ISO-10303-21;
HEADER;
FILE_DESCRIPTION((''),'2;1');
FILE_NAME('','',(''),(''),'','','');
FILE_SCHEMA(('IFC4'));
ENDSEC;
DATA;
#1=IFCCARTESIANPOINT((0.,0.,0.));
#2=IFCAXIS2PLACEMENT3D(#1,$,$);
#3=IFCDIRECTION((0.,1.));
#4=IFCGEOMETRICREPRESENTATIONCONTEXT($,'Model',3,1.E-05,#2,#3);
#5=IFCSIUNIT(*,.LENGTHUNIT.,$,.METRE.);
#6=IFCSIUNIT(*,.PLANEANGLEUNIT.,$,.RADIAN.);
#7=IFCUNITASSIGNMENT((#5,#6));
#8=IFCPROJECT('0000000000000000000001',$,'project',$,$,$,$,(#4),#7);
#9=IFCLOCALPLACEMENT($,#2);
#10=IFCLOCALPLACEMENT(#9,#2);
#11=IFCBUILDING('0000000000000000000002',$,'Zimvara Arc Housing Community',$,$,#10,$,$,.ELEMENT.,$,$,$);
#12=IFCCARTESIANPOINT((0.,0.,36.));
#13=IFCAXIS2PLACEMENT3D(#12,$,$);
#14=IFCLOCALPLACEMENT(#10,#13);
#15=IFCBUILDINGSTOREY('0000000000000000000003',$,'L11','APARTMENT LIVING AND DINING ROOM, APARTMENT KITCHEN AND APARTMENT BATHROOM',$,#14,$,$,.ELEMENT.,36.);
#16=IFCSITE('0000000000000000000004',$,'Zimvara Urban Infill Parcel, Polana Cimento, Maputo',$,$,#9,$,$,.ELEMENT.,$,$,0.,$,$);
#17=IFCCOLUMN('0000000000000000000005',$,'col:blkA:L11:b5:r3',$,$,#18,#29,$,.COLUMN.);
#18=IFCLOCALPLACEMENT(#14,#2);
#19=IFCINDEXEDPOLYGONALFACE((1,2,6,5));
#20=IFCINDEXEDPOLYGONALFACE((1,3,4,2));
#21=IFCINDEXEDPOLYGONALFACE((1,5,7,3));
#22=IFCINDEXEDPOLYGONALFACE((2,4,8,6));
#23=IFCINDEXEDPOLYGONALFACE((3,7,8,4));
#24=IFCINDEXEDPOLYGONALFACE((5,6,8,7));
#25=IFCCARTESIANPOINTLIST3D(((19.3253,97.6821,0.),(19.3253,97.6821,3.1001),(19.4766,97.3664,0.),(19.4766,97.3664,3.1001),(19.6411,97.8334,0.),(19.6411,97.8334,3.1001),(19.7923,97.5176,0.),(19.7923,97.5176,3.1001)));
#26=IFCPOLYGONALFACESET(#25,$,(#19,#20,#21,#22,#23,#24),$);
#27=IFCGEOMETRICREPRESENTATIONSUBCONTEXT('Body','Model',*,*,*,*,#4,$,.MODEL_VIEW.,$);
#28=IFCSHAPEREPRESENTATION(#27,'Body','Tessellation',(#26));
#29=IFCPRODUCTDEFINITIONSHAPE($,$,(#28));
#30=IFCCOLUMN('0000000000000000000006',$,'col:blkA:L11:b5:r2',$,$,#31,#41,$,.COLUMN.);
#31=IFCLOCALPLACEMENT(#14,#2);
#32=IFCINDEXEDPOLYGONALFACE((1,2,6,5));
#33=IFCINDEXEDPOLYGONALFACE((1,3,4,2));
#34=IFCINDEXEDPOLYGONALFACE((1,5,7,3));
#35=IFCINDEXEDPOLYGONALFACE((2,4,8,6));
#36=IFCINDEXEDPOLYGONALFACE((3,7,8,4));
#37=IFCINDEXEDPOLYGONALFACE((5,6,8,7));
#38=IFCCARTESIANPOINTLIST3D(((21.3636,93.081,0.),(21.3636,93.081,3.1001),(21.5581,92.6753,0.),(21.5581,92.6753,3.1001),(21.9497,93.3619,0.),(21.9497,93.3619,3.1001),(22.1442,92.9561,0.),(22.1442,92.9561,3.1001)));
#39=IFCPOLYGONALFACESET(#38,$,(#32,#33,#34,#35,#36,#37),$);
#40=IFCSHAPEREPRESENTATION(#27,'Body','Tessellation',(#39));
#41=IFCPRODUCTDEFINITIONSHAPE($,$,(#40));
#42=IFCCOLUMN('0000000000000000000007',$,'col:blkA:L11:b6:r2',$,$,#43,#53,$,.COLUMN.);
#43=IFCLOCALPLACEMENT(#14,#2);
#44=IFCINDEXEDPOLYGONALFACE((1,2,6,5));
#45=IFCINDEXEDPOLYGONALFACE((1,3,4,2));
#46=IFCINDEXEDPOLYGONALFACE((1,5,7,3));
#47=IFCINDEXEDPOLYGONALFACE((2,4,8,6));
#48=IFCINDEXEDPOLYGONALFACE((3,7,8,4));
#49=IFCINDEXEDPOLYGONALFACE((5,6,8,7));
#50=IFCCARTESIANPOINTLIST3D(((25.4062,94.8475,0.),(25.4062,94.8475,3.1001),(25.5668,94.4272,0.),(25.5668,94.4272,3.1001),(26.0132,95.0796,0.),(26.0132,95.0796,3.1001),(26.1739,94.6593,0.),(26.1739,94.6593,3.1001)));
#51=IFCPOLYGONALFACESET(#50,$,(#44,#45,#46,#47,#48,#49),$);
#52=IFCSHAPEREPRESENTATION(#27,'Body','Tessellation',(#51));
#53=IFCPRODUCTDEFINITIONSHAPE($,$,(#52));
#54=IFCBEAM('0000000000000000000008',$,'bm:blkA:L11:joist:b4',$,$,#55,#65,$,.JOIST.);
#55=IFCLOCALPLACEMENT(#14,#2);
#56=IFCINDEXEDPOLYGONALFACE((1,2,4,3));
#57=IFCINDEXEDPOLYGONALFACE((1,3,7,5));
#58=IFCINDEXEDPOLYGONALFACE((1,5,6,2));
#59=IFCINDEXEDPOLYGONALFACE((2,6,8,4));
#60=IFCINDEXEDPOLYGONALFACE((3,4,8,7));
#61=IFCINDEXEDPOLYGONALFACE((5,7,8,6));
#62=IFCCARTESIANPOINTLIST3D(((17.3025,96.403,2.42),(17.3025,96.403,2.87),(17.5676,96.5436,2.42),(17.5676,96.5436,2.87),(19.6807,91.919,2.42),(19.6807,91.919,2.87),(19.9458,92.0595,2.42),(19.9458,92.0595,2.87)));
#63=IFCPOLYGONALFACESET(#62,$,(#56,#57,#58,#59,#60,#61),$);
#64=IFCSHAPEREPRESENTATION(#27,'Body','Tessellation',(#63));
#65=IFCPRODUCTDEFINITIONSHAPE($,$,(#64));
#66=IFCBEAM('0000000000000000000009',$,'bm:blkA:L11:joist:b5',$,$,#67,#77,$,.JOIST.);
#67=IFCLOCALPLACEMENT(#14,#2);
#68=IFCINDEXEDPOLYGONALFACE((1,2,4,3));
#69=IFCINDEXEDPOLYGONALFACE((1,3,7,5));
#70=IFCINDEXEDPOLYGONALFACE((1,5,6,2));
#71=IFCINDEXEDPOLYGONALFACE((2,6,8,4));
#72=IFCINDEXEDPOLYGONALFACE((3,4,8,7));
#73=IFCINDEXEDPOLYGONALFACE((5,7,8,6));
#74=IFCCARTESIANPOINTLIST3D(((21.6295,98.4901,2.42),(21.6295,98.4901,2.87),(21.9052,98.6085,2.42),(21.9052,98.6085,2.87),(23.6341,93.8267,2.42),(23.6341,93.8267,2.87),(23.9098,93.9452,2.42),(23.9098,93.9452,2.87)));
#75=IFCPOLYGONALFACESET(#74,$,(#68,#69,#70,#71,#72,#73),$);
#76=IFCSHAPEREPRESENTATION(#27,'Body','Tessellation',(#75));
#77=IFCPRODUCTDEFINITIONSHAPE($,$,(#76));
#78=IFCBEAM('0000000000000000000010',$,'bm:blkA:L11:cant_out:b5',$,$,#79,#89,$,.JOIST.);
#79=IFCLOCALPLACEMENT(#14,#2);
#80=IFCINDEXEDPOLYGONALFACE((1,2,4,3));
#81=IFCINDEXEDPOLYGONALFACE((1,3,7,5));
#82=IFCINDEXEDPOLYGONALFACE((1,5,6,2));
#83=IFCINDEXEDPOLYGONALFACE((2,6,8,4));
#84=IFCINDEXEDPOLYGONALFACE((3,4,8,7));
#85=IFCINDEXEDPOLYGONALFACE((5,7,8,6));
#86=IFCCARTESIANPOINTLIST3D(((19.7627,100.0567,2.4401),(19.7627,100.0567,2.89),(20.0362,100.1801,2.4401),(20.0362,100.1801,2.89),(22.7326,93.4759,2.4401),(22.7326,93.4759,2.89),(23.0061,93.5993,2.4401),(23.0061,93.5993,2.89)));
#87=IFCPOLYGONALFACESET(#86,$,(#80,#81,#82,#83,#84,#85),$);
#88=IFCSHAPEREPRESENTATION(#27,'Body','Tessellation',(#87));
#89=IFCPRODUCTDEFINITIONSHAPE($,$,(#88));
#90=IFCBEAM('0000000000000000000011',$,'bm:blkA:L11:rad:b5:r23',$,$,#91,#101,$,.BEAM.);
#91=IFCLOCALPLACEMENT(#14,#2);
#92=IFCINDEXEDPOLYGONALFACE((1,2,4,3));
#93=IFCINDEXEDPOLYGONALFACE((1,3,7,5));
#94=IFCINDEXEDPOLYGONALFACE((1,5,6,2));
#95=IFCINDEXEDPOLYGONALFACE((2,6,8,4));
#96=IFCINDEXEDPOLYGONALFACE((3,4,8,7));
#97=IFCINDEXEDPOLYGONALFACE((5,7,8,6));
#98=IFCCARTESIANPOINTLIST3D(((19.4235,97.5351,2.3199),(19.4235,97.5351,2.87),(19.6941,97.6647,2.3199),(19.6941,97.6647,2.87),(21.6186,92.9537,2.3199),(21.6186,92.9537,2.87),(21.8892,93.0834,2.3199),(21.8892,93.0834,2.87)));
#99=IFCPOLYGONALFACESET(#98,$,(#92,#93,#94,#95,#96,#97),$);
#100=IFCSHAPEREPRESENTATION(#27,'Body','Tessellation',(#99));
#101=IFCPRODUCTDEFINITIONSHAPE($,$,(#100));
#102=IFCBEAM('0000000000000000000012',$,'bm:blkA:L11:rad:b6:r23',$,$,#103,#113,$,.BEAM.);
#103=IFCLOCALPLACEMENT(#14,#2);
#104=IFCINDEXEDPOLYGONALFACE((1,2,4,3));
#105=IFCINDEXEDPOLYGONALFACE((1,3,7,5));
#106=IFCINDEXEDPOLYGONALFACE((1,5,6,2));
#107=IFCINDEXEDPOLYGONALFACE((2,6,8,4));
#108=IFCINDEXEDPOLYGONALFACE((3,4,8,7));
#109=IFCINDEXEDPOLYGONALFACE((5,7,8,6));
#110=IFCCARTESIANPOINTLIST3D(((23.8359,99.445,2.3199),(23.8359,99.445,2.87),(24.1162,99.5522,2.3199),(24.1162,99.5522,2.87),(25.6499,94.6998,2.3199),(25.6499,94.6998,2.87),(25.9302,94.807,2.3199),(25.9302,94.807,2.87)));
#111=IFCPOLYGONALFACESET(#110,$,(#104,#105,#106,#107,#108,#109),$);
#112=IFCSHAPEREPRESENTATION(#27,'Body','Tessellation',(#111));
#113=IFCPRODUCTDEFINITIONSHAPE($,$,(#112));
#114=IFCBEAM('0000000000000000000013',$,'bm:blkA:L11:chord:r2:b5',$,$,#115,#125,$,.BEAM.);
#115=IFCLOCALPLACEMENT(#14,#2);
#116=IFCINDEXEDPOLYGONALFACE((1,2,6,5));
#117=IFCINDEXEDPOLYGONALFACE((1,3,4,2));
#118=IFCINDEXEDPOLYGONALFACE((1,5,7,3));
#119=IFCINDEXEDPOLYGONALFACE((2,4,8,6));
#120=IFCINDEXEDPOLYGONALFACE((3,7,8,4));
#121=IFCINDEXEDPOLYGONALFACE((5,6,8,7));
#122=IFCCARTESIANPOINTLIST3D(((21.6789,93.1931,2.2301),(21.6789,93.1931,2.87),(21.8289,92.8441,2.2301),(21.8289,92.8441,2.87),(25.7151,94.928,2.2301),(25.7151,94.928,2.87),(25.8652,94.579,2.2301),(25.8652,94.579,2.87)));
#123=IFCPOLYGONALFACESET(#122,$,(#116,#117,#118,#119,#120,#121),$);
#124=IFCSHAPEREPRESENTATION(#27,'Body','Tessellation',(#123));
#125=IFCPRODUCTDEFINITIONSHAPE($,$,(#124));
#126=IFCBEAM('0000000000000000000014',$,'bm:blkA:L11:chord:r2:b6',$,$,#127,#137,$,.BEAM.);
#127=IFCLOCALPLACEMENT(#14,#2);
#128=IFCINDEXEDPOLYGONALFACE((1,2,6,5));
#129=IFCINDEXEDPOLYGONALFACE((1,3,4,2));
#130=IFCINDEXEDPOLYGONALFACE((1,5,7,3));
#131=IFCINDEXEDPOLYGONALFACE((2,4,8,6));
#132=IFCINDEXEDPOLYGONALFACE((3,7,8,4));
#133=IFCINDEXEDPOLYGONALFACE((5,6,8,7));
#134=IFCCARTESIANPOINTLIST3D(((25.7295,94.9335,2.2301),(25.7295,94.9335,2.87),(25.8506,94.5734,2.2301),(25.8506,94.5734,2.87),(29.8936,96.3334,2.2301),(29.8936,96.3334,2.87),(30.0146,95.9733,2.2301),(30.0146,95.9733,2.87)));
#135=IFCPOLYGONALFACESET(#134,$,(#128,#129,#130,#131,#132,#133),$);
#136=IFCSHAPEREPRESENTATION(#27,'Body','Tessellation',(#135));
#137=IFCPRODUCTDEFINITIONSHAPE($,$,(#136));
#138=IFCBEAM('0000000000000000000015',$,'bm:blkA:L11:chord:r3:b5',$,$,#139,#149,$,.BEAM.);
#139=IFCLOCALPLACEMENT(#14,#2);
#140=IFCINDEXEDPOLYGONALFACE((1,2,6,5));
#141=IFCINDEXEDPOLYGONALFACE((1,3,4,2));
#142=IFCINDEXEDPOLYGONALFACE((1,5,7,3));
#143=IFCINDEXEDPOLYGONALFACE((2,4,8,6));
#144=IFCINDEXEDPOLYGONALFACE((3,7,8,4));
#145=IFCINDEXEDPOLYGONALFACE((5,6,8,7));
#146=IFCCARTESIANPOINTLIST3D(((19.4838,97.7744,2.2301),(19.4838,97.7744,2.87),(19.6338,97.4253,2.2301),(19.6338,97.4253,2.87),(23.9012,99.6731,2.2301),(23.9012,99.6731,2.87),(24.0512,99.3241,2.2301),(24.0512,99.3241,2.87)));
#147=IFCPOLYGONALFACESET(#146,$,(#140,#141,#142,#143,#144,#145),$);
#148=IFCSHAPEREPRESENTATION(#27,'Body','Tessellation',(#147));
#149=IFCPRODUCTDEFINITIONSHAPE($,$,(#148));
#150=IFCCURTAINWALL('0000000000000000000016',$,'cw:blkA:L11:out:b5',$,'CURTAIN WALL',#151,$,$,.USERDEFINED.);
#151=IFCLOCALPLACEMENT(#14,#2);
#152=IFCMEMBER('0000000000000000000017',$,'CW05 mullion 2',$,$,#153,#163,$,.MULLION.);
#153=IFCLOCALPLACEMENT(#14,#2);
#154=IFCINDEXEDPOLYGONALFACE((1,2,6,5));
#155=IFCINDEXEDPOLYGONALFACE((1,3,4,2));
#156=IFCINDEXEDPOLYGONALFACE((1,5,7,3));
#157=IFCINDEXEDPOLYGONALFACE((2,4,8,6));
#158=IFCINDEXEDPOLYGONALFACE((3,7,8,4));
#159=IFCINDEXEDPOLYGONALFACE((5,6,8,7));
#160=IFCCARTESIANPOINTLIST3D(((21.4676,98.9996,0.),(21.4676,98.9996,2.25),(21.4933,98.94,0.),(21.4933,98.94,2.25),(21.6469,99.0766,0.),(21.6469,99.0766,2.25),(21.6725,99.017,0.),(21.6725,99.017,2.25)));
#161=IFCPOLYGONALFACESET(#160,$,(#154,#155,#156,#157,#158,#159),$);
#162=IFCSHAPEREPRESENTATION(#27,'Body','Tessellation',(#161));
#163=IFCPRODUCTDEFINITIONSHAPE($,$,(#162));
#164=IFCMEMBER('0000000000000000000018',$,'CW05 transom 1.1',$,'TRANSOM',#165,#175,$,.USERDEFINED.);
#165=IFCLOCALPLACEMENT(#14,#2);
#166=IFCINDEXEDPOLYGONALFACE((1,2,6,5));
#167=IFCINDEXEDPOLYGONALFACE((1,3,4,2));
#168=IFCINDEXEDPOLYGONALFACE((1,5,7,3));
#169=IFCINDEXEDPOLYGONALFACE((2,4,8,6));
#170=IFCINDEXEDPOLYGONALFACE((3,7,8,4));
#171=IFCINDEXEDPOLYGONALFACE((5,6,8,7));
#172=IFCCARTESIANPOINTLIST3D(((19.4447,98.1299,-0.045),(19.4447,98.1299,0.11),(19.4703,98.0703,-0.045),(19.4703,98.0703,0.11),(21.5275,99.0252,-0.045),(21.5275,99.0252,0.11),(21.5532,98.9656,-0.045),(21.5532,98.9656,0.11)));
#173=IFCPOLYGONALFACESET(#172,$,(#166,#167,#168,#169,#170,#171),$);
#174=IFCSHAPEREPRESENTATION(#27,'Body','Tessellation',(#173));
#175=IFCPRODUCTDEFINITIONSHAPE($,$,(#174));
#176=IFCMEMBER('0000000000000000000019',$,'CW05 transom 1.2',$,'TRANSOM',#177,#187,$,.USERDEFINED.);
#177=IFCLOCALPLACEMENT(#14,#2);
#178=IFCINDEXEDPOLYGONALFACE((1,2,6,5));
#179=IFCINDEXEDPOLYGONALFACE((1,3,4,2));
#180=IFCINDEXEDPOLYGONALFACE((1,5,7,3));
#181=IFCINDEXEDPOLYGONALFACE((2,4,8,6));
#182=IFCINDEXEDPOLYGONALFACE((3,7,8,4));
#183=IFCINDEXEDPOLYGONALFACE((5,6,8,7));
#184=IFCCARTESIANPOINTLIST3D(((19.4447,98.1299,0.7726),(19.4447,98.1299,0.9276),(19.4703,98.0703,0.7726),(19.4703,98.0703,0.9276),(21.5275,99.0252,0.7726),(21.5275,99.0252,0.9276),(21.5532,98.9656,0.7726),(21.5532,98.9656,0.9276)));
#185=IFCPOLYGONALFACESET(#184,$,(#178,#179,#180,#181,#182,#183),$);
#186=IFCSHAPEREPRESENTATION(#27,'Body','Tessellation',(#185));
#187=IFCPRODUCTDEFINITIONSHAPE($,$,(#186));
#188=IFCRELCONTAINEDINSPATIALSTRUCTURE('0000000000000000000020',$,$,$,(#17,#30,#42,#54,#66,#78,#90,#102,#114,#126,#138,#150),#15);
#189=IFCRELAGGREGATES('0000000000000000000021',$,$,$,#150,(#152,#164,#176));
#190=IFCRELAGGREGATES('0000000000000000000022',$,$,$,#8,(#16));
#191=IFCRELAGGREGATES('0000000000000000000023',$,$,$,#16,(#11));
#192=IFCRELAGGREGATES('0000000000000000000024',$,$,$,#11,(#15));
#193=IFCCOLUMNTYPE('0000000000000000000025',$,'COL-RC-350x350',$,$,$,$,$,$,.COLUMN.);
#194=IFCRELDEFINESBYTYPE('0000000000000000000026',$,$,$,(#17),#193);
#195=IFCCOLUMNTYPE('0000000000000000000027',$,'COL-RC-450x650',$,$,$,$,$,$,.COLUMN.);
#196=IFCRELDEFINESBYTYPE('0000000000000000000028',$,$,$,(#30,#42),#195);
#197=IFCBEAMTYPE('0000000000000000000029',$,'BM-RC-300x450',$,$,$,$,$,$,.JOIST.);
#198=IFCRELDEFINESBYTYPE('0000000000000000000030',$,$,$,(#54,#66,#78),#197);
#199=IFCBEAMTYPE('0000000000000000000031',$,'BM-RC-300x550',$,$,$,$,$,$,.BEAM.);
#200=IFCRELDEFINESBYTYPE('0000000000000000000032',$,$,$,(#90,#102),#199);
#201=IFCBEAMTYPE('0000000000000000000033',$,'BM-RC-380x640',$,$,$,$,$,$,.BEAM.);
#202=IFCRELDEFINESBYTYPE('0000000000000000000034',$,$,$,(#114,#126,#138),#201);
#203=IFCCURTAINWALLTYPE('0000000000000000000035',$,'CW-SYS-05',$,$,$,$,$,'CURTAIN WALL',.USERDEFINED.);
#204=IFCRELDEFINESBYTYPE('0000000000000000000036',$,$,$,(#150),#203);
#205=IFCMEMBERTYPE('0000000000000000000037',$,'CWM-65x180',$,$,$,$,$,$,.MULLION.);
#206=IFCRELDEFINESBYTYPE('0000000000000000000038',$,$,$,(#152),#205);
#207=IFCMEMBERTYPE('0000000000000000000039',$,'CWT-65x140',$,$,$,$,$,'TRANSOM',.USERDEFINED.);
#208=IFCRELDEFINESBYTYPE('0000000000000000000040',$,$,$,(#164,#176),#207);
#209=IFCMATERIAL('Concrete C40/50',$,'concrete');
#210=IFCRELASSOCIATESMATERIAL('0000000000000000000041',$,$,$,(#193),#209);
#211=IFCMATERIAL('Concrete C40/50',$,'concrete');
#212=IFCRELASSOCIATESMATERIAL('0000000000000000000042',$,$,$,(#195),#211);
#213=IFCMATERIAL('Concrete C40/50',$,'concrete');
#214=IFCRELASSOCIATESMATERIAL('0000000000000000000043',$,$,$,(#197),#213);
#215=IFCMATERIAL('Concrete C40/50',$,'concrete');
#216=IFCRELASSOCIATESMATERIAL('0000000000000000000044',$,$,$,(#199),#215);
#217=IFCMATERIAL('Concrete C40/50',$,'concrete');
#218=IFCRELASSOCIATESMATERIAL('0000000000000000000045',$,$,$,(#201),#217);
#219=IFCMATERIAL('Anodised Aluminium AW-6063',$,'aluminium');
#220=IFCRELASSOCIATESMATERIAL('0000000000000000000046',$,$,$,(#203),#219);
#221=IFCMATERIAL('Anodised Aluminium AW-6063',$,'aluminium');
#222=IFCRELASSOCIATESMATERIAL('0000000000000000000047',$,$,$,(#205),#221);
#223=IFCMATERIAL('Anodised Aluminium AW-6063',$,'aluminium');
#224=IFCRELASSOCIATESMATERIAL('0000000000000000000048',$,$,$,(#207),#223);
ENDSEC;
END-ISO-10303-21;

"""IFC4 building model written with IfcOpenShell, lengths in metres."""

from ifc_helpers import new_model, si_unit, direction, frame, origin, origin_2d, place, context, subcontext, project, spatial, rectangle, extrude, material, material_profile, profile_set, type_object, element, aggregate, save


model = new_model("IFC4")

# Units and contexts
model_context = context("Model", 3, precision=1e-05, world=origin(), true_north=direction((0.0, 1.0)))
body_context = subcontext(model_context, "Body", "Model", "MODEL_VIEW")
ifc_project = project(units=[si_unit("LENGTHUNIT", "METRE"), si_unit("PLANEANGLEUNIT", "RADIAN")], contexts=[model_context])

# Site, building, storey
site_placement = place(None, origin())
site = spatial("IfcSite", under=ifc_project, at=site_placement, Name="Zimvara Urban Infill Parcel, Polana Cimento, Maputo", CompositionType="ELEMENT", RefElevation=0.0)
building_placement = place(site_placement, origin())
building = spatial("IfcBuilding", under=site, at=building_placement, Name="Zimvara Arc Housing Community", CompositionType="ELEMENT")
storey_placement = place(building_placement, frame((0.0, 0.0, 36.0)))
storey = spatial("IfcBuildingStorey", under=building, at=storey_placement, Name="L11", Description="APARTMENT LIVING AND DINING ROOM, APARTMENT KITCHEN AND APARTMENT BATHROOM", CompositionType="ELEMENT", Elevation=36.0)

# Columns
ifc_material_1 = material(Name="Concrete C40/50", Category="concrete")
ifc_material_profile_1 = material_profile(ifc_material_1, rectangle(XDim=0.3501, YDim=0.3501, at=origin_2d()), Name="RC 350x350")
ifc_profile_set_1 = profile_set([ifc_material_profile_1], Name="Concrete C40/50")
column_type_1 = type_object("IfcColumnType", Name="COL-RC-350x350", PredefinedType="COLUMN", material=ifc_profile_set_1)
column_placement = place(storey_placement, frame((19.5588, 97.5999, 0.0), z_axis=(0.0, 0.0, 1.0), x_axis=(-0.432086, 0.901833, 0.0)))
element("IfcColumn", 1, at=column_placement, inside=storey, type_object=column_type_1, Name="col:blkA:L11:b5:r3", PredefinedType="COLUMN", context=body_context, shape_type="SweptSolid", body=[
    extrude(rectangle(XDim=0.3501, YDim=0.3501, at=origin_2d()), origin(), (0.0, 0.0, 1.0), 3.1001),
])
ifc_material_2 = material(Name="Concrete C40/50", Category="concrete")
ifc_material_profile_2 = material_profile(ifc_material_2, rectangle(XDim=0.45, YDim=0.6499, at=origin_2d()), Name="RC 450x650")
ifc_profile_set_2 = profile_set([ifc_material_profile_2], Name="Concrete C40/50")
column_type_2 = type_object("IfcColumnType", Name="COL-RC-450x650", PredefinedType="COLUMN", material=ifc_profile_set_2)
for number, where, z_axis, x_axis, name in (
    (2, (21.7539, 93.0186, 0.0), (0.0, 0.0, 1.0), (-0.432086, 0.901833, 0.0), "col:blkA:L11:b5:r2"),
    (3, (25.79, 94.7534, 0.0), (0.0, 0.0, 1.0), (-0.357064, 0.93408, 0.0), "col:blkA:L11:b6:r2"),
):
    element("IfcColumn", number, at=place(storey_placement, frame(where, z_axis=z_axis, x_axis=x_axis)), inside=storey, type_object=column_type_2, Name=name, PredefinedType="COLUMN", context=body_context, shape_type="SweptSolid", body=[
        extrude(rectangle(XDim=0.45, YDim=0.6499, at=origin_2d()), origin(), (0.0, 0.0, 1.0), 3.1001),
    ])

# Beams
ifc_material_3 = material(Name="Concrete C40/50", Category="concrete")
ifc_material_profile_3 = material_profile(ifc_material_3, rectangle(XDim=0.3, YDim=0.45, at=origin_2d()), Name="RC 300x450")
ifc_profile_set_3 = profile_set([ifc_material_profile_3], Name="Concrete C40/50")
beam_type_1 = type_object("IfcBeamType", Name="BM-RC-300x450", PredefinedType="JOIST", material=ifc_profile_set_3)
beam_1_placement = place(storey_placement, frame((19.8132, 91.9893, 2.645), z_axis=(-0.468537, 0.883444, 0.0), x_axis=(-0.883444, -0.468537, 0.0)))
element("IfcBeam", 4, at=beam_1_placement, inside=storey, type_object=beam_type_1, Name="bm:blkA:L11:joist:b4", PredefinedType="JOIST", context=body_context, shape_type="SweptSolid", body=[
    extrude(rectangle(XDim=0.3, YDim=0.45, at=origin_2d()), origin(), (0.0, 0.0, 1.0), 5.0757),
])
beam_2_placement = place(storey_placement, frame((23.772, 93.886, 2.645), z_axis=(-0.394929, 0.918712, 0.0), x_axis=(-0.918712, -0.394929, 0.0)))
element("IfcBeam", 5, at=beam_2_placement, inside=storey, type_object=beam_type_1, Name="bm:blkA:L11:joist:b5", PredefinedType="JOIST", context=body_context, shape_type="SweptSolid", body=[
    extrude(rectangle(XDim=0.3, YDim=0.45, at=origin_2d()), origin(), (0.0, 0.0, 1.0), 5.0759),
])
beam_3_placement = place(storey_placement, frame((22.8694, 93.5376, 2.665), z_axis=(-0.411356, 0.911475, 0.0), x_axis=(-0.911475, -0.411356, 0.0)))
element("IfcBeam", 6, at=beam_3_placement, inside=storey, type_object=beam_type_1, Name="bm:blkA:L11:cant_out:b5", PredefinedType="JOIST", context=body_context, shape_type="SweptSolid", body=[
    extrude(rectangle(XDim=0.3, YDim=0.45, at=origin_2d()), origin(), (0.0, 0.0, 1.0), 7.22),
])
ifc_material_4 = material(Name="Concrete C40/50", Category="concrete")
ifc_material_profile_4 = material_profile(ifc_material_4, rectangle(XDim=0.3, YDim=0.55, at=origin_2d()), Name="RC 300x550")
ifc_profile_set_4 = profile_set([ifc_material_profile_4], Name="Concrete C40/50")
beam_type_2 = type_object("IfcBeamType", Name="BM-RC-300x550", PredefinedType="BEAM", material=ifc_profile_set_4)
for number, where, z_axis, x_axis, name in (
    (7, (21.7539, 93.0186, 2.595), (-0.432098, 0.901827, 0.0), (-0.901827, -0.432098, 0.0), "bm:blkA:L11:rad:b5:r23"),
    (8, (25.79, 94.7534, 2.595), (-0.357078, 0.934074, 0.0), (-0.934074, -0.357078, 0.0), "bm:blkA:L11:rad:b6:r23"),
):
    element("IfcBeam", number, at=place(storey_placement, frame(where, z_axis=z_axis, x_axis=x_axis)), inside=storey, type_object=beam_type_2, Name=name, PredefinedType="BEAM", context=body_context, shape_type="SweptSolid", body=[
        extrude(rectangle(XDim=0.3, YDim=0.55, at=origin_2d()), origin(), (0.0, 0.0, 1.0), 5.0801),
    ])
ifc_material_5 = material(Name="Concrete C40/50", Category="concrete")
ifc_material_profile_5 = material_profile(ifc_material_5, rectangle(XDim=0.3799, YDim=0.6399, at=origin_2d()), Name="RC 380x640")
ifc_profile_set_5 = profile_set([ifc_material_profile_5], Name="Concrete C40/50")
beam_type_3 = type_object("IfcBeamType", Name="BM-RC-380x640", PredefinedType="BEAM", material=ifc_profile_set_5)
beam_4_placement = place(storey_placement, frame((21.7539, 93.0186, 2.55), z_axis=(0.918725, 0.394898, 0.0), x_axis=(-0.394898, 0.918725, 0.0)))
element("IfcBeam", 9, at=beam_4_placement, inside=storey, type_object=beam_type_3, Name="bm:blkA:L11:chord:r2:b5", PredefinedType="BEAM", context=body_context, shape_type="SweptSolid", body=[
    extrude(rectangle(XDim=0.3799, YDim=0.6399, at=origin_2d()), origin(), (0.0, 0.0, 1.0), 4.3933),
])
beam_5_placement = place(storey_placement, frame((25.79, 94.7534, 2.55), z_axis=(0.947869, 0.318661, 0.0), x_axis=(-0.318661, 0.947869, 0.0)))
element("IfcBeam", 10, at=beam_5_placement, inside=storey, type_object=beam_type_3, Name="bm:blkA:L11:chord:r2:b6", PredefinedType="BEAM", context=body_context, shape_type="SweptSolid", body=[
    extrude(rectangle(XDim=0.3799, YDim=0.6399, at=origin_2d()), origin(), (0.0, 0.0, 1.0), 4.3931),
])
beam_6_placement = place(storey_placement, frame((19.5588, 97.5999, 2.55), z_axis=(0.918724, 0.3949, 0.0), x_axis=(-0.3949, 0.918724, 0.0)))
element("IfcBeam", 11, at=beam_6_placement, inside=storey, type_object=beam_type_3, Name="bm:blkA:L11:chord:r3:b5", PredefinedType="BEAM", context=body_context, shape_type="SweptSolid", body=[
    extrude(rectangle(XDim=0.3799, YDim=0.6399, at=origin_2d()), origin(), (0.0, 0.0, 1.0), 4.8081),
])

# Curtain wall, members
ifc_material_6 = material(Name="Anodised Aluminium AW-6063", Category="aluminium")
curtain_wall_type = type_object("IfcCurtainWallType", Name="CW-SYS-05", ElementType="CURTAIN WALL", PredefinedType="USERDEFINED", material=ifc_material_6)
curtain_wall_placement = place(storey_placement, origin())
curtain_wall = element("IfcCurtainWall", 12, at=curtain_wall_placement, inside=storey, type_object=curtain_wall_type, Name="cw:blkA:L11:out:b5", ObjectType="CURTAIN WALL", PredefinedType="USERDEFINED")
ifc_material_7 = material(Name="Anodised Aluminium AW-6063", Category="aluminium")
ifc_material_profile_6 = material_profile(ifc_material_7, rectangle(XDim=0.0649, YDim=0.1951, at=origin_2d()), Name="ALU 65x195")
ifc_profile_set_6 = profile_set([ifc_material_profile_6], Name="Anodised Aluminium AW-6063")
member_type_1 = type_object("IfcMemberType", Name="CWM-65x180", PredefinedType="MULLION", material=ifc_profile_set_6)
member_1_placement = place(storey_placement, frame((21.5701, 99.0083, 0.0), z_axis=(0.0, 0.0, 1.0), x_axis=(-0.394904, 0.918722, 0.0)))
member_1 = element("IfcMember", 13, at=member_1_placement, type_object=member_type_1, Name="CW05 mullion 2", PredefinedType="MULLION", context=body_context, shape_type="SweptSolid", body=[
    extrude(rectangle(XDim=0.0649, YDim=0.1951, at=origin_2d()), origin(), (0.0, 0.0, 1.0), 2.25),
])
ifc_material_8 = material(Name="Anodised Aluminium AW-6063", Category="aluminium")
ifc_material_profile_7 = material_profile(ifc_material_8, rectangle(XDim=0.0649, YDim=0.155, at=origin_2d()), Name="ALU 65x155")
ifc_profile_set_7 = profile_set([ifc_material_profile_7], Name="Anodised Aluminium AW-6063")
member_type_2 = type_object("IfcMemberType", Name="CWT-65x140", ElementType="TRANSOM", PredefinedType="USERDEFINED", material=ifc_profile_set_7)
member_2_placement = place(storey_placement, frame((19.4575, 98.1001, 0.0325), z_axis=(0.918721, 0.394907, 0.0), x_axis=(-0.394907, 0.918721, 0.0)))
member_2 = element("IfcMember", 14, at=member_2_placement, type_object=member_type_2, Name="CW05 transom 1.1", ObjectType="TRANSOM", PredefinedType="USERDEFINED", context=body_context, shape_type="SweptSolid", body=[
    extrude(rectangle(XDim=0.0649, YDim=0.155, at=origin_2d()), origin(), (0.0, 0.0, 1.0), 2.2671),
])
member_3_placement = place(storey_placement, frame((19.4575, 98.1001, 0.8501), z_axis=(0.918721, 0.394907, 0.0), x_axis=(-0.394907, 0.918721, 0.0)))
member_3 = element("IfcMember", 15, at=member_3_placement, type_object=member_type_2, Name="CW05 transom 1.2", ObjectType="TRANSOM", PredefinedType="USERDEFINED", context=body_context, shape_type="SweptSolid", body=[
    extrude(rectangle(XDim=0.0649, YDim=0.155, at=origin_2d()), origin(), (0.0, 0.0, 1.0), 2.2671),
])
aggregate(curtain_wall, [member_1, member_2, member_3])

save(model, "model.ifc")
